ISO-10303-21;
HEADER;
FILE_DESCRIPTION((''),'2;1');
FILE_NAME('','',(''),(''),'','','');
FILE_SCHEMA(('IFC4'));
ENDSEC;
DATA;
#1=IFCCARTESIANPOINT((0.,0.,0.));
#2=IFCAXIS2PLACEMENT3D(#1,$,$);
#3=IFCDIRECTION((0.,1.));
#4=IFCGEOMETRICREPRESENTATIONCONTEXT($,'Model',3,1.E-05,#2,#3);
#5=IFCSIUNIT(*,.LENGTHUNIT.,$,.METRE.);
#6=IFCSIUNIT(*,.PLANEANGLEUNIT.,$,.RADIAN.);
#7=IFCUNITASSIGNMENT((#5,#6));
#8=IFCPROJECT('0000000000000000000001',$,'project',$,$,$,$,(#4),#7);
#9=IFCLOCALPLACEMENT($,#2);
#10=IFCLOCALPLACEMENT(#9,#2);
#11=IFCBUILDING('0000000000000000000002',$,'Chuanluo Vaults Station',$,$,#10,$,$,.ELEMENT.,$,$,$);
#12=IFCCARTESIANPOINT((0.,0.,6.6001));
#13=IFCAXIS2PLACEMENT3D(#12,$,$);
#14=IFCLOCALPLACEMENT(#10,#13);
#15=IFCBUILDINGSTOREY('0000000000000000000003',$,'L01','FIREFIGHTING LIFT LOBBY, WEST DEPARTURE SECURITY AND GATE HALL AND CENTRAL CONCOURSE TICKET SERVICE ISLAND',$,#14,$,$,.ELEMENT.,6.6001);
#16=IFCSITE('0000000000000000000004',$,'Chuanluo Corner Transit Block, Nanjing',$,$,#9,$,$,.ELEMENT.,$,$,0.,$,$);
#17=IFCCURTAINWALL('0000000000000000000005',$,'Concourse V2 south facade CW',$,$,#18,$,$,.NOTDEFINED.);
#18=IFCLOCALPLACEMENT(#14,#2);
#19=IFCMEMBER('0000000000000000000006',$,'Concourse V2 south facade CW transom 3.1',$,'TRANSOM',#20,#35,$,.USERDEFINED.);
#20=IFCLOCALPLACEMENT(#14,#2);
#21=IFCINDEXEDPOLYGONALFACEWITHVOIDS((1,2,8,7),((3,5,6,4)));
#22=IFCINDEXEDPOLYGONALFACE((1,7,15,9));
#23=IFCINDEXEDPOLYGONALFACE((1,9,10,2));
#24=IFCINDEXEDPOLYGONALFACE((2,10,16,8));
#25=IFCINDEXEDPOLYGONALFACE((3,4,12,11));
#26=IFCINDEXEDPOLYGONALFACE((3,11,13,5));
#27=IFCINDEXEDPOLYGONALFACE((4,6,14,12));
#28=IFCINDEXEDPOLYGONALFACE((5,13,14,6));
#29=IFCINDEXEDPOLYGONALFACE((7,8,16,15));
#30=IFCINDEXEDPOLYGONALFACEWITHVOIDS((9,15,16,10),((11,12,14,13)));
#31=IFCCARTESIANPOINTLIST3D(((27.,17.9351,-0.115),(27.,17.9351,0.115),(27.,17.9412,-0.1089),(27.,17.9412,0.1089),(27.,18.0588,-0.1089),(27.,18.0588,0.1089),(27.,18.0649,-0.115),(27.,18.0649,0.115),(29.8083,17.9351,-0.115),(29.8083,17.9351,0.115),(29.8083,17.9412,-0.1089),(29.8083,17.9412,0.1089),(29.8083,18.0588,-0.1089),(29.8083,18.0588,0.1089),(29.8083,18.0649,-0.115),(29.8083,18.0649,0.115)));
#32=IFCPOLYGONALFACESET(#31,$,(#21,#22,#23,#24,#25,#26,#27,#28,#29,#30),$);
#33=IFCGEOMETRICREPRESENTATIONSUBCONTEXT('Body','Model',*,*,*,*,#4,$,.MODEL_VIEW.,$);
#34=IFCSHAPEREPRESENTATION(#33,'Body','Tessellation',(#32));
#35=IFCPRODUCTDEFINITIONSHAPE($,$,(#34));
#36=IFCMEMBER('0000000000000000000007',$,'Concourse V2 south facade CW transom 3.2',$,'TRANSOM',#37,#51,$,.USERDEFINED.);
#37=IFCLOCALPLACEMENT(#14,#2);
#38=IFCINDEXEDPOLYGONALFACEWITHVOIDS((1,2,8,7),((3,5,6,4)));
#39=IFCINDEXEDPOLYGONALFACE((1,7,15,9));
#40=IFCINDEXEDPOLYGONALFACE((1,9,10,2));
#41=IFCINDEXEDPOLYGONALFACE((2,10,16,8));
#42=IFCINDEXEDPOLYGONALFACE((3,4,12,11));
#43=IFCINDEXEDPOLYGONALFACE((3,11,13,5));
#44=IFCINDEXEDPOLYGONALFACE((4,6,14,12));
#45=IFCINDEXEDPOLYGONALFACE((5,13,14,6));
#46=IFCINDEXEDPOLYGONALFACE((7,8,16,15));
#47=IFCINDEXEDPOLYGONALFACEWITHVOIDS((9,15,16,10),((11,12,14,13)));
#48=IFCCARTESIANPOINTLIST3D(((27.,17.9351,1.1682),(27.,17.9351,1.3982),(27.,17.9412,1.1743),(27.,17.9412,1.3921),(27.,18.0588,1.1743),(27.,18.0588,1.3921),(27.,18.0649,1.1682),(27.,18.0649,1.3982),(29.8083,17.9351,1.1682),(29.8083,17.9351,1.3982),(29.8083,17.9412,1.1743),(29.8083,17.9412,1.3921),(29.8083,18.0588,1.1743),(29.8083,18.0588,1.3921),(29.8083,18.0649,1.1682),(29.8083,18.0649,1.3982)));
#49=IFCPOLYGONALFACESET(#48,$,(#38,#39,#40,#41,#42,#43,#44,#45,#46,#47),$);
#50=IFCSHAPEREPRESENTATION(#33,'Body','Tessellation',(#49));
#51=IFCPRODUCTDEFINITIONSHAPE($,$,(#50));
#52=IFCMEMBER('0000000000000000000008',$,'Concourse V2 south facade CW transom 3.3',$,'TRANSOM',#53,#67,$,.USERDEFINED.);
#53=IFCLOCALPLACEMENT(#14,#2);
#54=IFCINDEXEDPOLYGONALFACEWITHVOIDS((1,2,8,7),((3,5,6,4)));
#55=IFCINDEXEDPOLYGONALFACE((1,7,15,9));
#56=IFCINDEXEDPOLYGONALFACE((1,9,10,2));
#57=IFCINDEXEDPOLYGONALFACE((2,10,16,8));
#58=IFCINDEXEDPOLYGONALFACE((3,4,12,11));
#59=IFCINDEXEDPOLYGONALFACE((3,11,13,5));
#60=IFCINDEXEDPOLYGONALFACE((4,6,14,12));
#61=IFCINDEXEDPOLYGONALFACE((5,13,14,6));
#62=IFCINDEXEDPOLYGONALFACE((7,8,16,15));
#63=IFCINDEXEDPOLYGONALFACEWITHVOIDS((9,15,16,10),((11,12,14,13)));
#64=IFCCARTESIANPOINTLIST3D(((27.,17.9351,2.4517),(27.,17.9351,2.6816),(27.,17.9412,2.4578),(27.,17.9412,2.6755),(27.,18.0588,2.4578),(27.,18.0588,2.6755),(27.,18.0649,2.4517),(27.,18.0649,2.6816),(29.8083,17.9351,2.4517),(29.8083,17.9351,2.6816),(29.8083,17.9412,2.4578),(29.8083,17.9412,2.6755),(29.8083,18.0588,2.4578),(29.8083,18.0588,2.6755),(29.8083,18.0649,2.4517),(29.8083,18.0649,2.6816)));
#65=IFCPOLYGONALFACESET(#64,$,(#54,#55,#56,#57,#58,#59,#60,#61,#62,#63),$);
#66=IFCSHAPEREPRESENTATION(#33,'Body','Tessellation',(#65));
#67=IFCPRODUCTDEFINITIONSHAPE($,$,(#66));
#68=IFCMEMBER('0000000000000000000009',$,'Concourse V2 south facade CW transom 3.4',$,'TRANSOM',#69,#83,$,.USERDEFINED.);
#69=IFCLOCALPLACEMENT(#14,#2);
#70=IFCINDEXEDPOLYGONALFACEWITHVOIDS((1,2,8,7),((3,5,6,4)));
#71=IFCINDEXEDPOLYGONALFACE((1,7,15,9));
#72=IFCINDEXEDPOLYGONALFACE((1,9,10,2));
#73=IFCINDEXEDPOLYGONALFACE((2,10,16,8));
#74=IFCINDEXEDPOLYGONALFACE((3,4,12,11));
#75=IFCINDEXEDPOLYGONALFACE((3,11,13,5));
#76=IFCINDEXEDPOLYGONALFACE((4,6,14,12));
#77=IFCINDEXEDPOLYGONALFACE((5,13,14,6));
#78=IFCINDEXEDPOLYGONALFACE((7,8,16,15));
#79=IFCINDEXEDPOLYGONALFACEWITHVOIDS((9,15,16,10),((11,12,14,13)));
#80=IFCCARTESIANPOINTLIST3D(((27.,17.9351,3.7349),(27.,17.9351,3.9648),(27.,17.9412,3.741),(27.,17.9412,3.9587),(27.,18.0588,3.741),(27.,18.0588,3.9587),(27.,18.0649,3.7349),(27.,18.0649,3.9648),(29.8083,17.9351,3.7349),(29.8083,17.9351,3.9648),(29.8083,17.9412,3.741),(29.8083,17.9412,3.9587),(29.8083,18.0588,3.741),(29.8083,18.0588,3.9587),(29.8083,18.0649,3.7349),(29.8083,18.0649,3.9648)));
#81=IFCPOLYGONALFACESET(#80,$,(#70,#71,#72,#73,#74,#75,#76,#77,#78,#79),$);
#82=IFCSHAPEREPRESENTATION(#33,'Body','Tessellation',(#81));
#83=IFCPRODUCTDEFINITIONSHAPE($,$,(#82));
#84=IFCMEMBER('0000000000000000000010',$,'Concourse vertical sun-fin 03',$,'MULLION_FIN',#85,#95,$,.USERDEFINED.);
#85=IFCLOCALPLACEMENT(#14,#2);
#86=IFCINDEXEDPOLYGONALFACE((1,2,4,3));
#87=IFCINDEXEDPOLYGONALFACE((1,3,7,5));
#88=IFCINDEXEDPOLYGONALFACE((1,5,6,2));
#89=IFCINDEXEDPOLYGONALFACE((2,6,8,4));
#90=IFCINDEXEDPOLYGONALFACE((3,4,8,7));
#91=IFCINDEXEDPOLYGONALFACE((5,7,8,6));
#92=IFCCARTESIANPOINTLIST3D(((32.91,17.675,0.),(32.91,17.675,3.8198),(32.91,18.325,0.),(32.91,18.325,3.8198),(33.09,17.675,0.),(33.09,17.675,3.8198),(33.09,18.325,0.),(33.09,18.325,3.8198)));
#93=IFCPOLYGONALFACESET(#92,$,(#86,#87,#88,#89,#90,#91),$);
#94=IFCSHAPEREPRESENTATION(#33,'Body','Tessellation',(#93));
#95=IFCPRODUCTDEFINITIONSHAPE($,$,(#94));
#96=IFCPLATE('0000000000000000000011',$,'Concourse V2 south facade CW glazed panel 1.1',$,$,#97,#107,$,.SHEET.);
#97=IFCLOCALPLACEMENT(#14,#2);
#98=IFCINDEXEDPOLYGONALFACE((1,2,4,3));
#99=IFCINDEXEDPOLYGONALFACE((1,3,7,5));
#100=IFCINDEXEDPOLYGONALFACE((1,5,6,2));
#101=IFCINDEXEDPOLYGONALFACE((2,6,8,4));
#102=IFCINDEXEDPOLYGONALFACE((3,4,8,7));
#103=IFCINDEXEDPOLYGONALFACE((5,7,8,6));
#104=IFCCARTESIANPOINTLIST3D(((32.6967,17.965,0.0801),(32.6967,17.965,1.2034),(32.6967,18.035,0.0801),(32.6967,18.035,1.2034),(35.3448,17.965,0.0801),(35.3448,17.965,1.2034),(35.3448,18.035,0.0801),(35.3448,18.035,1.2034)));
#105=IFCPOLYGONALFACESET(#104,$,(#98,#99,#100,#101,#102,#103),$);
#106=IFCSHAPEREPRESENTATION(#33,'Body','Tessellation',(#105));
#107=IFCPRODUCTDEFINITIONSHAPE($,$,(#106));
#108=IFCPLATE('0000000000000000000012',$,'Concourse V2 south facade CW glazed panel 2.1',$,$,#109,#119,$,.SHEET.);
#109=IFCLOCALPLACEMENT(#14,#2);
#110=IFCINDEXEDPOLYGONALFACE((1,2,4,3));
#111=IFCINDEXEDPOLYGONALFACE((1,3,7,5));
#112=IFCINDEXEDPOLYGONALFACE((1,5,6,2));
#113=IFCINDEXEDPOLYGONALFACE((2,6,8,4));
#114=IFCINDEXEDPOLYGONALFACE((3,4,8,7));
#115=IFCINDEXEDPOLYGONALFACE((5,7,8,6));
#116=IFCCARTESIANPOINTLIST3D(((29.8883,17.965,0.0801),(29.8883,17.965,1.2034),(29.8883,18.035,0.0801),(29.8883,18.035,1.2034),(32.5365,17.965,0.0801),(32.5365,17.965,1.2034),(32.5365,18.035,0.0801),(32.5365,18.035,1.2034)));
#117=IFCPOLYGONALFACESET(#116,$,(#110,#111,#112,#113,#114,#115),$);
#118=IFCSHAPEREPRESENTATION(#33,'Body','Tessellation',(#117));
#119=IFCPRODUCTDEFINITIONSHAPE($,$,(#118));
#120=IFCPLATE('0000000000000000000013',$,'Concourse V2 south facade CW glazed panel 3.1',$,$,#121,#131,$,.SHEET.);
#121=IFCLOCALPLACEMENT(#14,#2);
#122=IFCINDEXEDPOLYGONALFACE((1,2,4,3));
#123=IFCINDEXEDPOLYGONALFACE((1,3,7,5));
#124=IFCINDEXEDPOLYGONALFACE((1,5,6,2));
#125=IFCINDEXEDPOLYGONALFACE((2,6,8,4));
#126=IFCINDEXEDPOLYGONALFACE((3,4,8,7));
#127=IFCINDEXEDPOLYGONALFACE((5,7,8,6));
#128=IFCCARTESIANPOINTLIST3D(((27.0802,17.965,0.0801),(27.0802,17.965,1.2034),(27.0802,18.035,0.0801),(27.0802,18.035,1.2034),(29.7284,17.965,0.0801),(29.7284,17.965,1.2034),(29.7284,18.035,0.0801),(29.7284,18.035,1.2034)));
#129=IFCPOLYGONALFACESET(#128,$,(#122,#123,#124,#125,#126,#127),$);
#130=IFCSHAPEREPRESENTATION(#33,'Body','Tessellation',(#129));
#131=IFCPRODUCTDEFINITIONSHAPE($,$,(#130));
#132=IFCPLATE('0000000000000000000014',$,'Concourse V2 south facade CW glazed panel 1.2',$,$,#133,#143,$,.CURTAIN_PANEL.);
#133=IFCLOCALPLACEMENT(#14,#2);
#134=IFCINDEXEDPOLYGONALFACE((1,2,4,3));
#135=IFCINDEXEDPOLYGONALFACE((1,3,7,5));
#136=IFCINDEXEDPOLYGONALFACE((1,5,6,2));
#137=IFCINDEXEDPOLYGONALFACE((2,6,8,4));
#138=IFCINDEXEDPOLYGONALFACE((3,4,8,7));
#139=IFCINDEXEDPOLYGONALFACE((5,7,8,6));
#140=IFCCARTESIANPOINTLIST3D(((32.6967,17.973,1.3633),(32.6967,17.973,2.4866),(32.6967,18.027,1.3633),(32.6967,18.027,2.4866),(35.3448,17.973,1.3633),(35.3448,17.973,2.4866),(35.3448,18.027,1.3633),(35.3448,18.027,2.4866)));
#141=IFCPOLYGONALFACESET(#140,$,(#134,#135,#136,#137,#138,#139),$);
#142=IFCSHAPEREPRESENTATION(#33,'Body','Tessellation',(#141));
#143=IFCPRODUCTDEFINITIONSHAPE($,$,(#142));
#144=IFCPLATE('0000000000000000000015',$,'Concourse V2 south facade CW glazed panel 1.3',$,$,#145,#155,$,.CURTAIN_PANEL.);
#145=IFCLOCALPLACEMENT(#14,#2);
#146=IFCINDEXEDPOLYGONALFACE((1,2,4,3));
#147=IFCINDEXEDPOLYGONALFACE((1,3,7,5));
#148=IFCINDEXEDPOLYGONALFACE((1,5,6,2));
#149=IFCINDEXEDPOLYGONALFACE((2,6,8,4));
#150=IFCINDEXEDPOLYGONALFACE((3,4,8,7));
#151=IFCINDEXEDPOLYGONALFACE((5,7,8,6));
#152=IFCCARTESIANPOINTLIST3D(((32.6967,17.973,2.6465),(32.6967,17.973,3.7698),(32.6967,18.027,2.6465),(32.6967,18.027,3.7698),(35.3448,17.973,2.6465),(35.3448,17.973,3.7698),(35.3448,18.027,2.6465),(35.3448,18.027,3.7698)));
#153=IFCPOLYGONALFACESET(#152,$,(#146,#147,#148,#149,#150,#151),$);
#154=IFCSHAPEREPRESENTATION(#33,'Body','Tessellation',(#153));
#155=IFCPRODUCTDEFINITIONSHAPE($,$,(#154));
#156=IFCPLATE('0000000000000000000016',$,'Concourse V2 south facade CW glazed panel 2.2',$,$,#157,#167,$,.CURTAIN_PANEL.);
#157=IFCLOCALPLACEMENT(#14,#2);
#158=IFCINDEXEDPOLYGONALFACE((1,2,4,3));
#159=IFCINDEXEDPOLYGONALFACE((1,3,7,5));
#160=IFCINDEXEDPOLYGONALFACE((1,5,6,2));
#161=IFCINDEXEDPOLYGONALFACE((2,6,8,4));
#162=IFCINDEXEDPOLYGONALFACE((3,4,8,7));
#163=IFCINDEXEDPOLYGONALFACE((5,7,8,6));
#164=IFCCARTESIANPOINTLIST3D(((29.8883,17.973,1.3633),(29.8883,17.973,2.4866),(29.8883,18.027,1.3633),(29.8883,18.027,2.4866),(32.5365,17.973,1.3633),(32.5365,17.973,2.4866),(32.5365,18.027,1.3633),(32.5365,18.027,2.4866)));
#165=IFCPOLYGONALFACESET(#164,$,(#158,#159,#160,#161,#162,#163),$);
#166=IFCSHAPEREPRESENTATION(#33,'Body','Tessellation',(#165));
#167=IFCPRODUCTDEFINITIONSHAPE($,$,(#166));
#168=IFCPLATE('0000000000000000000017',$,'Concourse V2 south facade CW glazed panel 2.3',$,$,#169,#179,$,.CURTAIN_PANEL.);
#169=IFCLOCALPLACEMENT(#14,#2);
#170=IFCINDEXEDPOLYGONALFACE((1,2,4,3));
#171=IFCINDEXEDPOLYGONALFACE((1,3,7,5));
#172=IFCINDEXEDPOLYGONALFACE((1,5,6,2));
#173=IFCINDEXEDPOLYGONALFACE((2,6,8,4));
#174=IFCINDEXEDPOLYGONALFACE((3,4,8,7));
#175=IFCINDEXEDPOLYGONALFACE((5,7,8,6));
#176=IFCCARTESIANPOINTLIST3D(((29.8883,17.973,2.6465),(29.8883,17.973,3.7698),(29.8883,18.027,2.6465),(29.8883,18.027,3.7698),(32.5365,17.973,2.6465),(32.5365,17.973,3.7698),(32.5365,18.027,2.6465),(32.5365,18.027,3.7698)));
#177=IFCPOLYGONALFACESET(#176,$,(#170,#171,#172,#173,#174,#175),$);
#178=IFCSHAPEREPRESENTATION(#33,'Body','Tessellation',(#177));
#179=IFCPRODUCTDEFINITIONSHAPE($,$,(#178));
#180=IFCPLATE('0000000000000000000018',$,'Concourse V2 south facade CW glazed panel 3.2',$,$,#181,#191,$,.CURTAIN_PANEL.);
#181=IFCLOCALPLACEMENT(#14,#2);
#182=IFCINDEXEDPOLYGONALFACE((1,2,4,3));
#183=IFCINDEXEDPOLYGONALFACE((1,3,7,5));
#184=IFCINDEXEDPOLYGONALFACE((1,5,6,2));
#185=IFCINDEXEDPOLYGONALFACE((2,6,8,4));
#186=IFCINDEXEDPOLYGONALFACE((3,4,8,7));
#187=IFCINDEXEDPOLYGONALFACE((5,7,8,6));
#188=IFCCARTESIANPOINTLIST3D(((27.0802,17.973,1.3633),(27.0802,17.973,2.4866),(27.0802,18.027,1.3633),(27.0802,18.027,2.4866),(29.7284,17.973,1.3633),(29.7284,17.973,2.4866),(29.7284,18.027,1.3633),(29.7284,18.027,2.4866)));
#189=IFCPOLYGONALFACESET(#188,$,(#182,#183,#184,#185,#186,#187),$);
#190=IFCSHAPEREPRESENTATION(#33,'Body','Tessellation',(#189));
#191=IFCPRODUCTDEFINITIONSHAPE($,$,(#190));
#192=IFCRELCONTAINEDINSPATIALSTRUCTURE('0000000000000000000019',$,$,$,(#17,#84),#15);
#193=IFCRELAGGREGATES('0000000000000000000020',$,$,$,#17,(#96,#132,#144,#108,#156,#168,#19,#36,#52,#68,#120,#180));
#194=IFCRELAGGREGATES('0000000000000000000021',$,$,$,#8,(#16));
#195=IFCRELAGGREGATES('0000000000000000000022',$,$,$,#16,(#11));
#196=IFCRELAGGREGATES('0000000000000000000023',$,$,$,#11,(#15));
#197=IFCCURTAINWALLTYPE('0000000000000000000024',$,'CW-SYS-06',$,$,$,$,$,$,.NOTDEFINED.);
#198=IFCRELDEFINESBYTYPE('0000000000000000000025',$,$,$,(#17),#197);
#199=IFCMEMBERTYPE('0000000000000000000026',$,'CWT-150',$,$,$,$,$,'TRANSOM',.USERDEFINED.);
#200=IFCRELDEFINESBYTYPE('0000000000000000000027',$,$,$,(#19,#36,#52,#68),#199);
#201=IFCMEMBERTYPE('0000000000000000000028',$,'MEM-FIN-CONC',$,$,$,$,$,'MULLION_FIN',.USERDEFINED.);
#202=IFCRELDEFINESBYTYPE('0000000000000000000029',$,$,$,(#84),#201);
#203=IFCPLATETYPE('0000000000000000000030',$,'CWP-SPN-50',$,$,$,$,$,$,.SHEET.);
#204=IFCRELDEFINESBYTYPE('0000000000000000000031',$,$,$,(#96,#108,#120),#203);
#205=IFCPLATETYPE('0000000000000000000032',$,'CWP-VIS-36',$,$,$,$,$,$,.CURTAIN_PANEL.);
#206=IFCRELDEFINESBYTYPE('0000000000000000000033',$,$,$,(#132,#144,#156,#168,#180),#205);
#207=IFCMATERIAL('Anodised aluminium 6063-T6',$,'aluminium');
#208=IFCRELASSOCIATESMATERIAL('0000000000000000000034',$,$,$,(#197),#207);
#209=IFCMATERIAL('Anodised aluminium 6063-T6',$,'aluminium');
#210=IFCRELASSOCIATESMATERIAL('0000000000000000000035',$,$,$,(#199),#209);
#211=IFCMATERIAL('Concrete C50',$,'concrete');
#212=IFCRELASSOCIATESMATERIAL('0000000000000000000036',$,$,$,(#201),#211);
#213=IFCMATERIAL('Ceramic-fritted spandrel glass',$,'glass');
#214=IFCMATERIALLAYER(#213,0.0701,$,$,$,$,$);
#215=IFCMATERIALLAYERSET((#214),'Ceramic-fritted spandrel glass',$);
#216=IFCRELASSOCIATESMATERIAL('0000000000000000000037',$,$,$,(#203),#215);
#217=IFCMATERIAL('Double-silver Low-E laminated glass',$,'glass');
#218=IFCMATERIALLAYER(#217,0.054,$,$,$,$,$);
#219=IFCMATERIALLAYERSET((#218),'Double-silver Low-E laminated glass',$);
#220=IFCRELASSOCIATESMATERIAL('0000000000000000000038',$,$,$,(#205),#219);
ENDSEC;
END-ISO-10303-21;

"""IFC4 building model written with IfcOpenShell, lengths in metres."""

from ifc_helpers import new_model, si_unit, direction, frame, origin, origin_2d, place, context, subcontext, project, spatial, rectangle, hollow_rectangle, extrude, material, layer, layer_set, material_profile, profile_set, type_object, element, aggregate, save


model = new_model("IFC4")

# Units and contexts
model_context = context("Model", 3, precision=1e-05, world=origin(), true_north=direction((0.0, 1.0)))
body_context = subcontext(model_context, "Body", "Model", "MODEL_VIEW")
ifc_project = project(units=[si_unit("LENGTHUNIT", "METRE"), si_unit("PLANEANGLEUNIT", "RADIAN")], contexts=[model_context])

# Site, building, storey
site_placement = place(None, origin())
site = spatial("IfcSite", under=ifc_project, at=site_placement, Name="Chuanluo Corner Transit Block, Nanjing", CompositionType="ELEMENT", RefElevation=0.0)
building_placement = place(site_placement, origin())
building = spatial("IfcBuilding", under=site, at=building_placement, Name="Chuanluo Vaults Station", CompositionType="ELEMENT")
storey_placement = place(building_placement, frame((0.0, 0.0, 6.6001)))
storey = spatial("IfcBuildingStorey", under=building, at=storey_placement, Name="L01", Description="FIREFIGHTING LIFT LOBBY, WEST DEPARTURE SECURITY AND GATE HALL AND CENTRAL CONCOURSE TICKET SERVICE ISLAND", CompositionType="ELEMENT", Elevation=6.6001)

# Curtain wall, members
ifc_material_1 = material(Name="Anodised aluminium 6063-T6", Category="aluminium")
curtain_wall_type = type_object("IfcCurtainWallType", Name="CW-SYS-06", PredefinedType="NOTDEFINED", material=ifc_material_1)
curtain_wall_placement = place(storey_placement, origin())
curtain_wall = element("IfcCurtainWall", 1, at=curtain_wall_placement, inside=storey, type_object=curtain_wall_type, Name="Concourse V2 south facade CW", PredefinedType="NOTDEFINED")
ifc_material_2 = material(Name="Anodised aluminium 6063-T6", Category="aluminium")
ifc_material_profile_1 = material_profile(ifc_material_2, hollow_rectangle(XDim=0.1299, YDim=0.23, WallThickness=0.0061, at=origin_2d()))
ifc_profile_set_1 = profile_set([ifc_material_profile_1], Name="Anodised aluminium 6063-T6")
member_type_1 = type_object("IfcMemberType", Name="CWT-150", ElementType="TRANSOM", PredefinedType="USERDEFINED", material=ifc_profile_set_1)
member_1_placement = place(storey_placement, frame((29.8083, 18.0, 0.0), z_axis=(-1.0, 0.0, 0.0), x_axis=(0.0, -1.0, 0.0)))
member_1 = element("IfcMember", 2, at=member_1_placement, type_object=member_type_1, Name="Concourse V2 south facade CW transom 3.1", ObjectType="TRANSOM", PredefinedType="USERDEFINED", context=body_context, shape_type="SweptSolid", body=[
    extrude(hollow_rectangle(XDim=0.1299, YDim=0.23, WallThickness=0.0061, at=origin_2d()), origin(), (0.0, 0.0, 1.0), 2.8083),
])
member_2_placement = place(storey_placement, frame((29.8083, 18.0, 1.2832), z_axis=(-1.0, 0.0, 0.0), x_axis=(0.0, -1.0, 0.0)))
member_2 = element("IfcMember", 3, at=member_2_placement, type_object=member_type_1, Name="Concourse V2 south facade CW transom 3.2", ObjectType="TRANSOM", PredefinedType="USERDEFINED", context=body_context, shape_type="SweptSolid", body=[
    extrude(hollow_rectangle(XDim=0.1299, YDim=0.23, WallThickness=0.0061, at=origin_2d()), origin(), (0.0, 0.0, 1.0), 2.8083),
])
member_3_placement = place(storey_placement, frame((29.8083, 18.0, 2.5667), z_axis=(-1.0, 0.0, 0.0), x_axis=(0.0, -1.0, 0.0)))
member_3 = element("IfcMember", 4, at=member_3_placement, type_object=member_type_1, Name="Concourse V2 south facade CW transom 3.3", ObjectType="TRANSOM", PredefinedType="USERDEFINED", context=body_context, shape_type="SweptSolid", body=[
    extrude(hollow_rectangle(XDim=0.1299, YDim=0.23, WallThickness=0.0061, at=origin_2d()), origin(), (0.0, 0.0, 1.0), 2.8083),
])
member_4_placement = place(storey_placement, frame((29.8083, 18.0, 3.8499), z_axis=(-1.0, 0.0, 0.0), x_axis=(0.0, -1.0, 0.0)))
member_4 = element("IfcMember", 5, at=member_4_placement, type_object=member_type_1, Name="Concourse V2 south facade CW transom 3.4", ObjectType="TRANSOM", PredefinedType="USERDEFINED", context=body_context, shape_type="SweptSolid", body=[
    extrude(hollow_rectangle(XDim=0.1299, YDim=0.23, WallThickness=0.0061, at=origin_2d()), origin(), (0.0, 0.0, 1.0), 2.8083),
])

# Member
ifc_material_3 = material(Name="Concrete C50", Category="concrete")
ifc_material_profile_2 = material_profile(ifc_material_3, rectangle(XDim=0.1799, YDim=0.6499, at=origin_2d()))
ifc_profile_set_2 = profile_set([ifc_material_profile_2], Name="Concrete C50")
member_type_2 = type_object("IfcMemberType", Name="MEM-FIN-CONC", ElementType="MULLION_FIN", PredefinedType="USERDEFINED", material=ifc_profile_set_2)
member_5_placement = place(storey_placement, frame((33.0, 18.0, 0.0), z_axis=(0.0, 0.0, 1.0), x_axis=(1.0, 0.0, 0.0)))
element("IfcMember", 6, at=member_5_placement, inside=storey, type_object=member_type_2, Name="Concourse vertical sun-fin 03", ObjectType="MULLION_FIN", PredefinedType="USERDEFINED", context=body_context, shape_type="SweptSolid", body=[
    extrude(rectangle(XDim=0.1799, YDim=0.6499, at=origin_2d()), origin(), (0.0, 0.0, 1.0), 3.8198),
])

# Plates
ifc_material_4 = material(Name="Ceramic-fritted spandrel glass", Category="glass")
ifc_layer_1 = layer(ifc_material_4, 0.0701)
ifc_layer_set_1 = layer_set([ifc_layer_1], Name="Ceramic-fritted spandrel glass")
plate_type_1 = type_object("IfcPlateType", Name="CWP-SPN-50", PredefinedType="SHEET", material=ifc_layer_set_1)
plate_1_placement = place(storey_placement, frame((34.0208, 18.0, 0.0801), z_axis=(0.0, 0.0, 1.0), x_axis=(-1.0, 0.0, 0.0)))
plate_1 = element("IfcPlate", 7, at=plate_1_placement, type_object=plate_type_1, Name="Concourse V2 south facade CW glazed panel 1.1", PredefinedType="SHEET", context=body_context, shape_type="SweptSolid", body=[
    extrude(rectangle(XDim=2.6482, YDim=0.0701, at=origin_2d()), origin(), (0.0, 0.0, 1.0), 1.1233),
])
plate_2_placement = place(storey_placement, frame((31.2124, 18.0, 0.0801), z_axis=(0.0, 0.0, 1.0), x_axis=(-1.0, 0.0, 0.0)))
plate_2 = element("IfcPlate", 8, at=plate_2_placement, type_object=plate_type_1, Name="Concourse V2 south facade CW glazed panel 2.1", PredefinedType="SHEET", context=body_context, shape_type="SweptSolid", body=[
    extrude(rectangle(XDim=2.6482, YDim=0.0701, at=origin_2d()), origin(), (0.0, 0.0, 1.0), 1.1233),
])
plate_3_placement = place(storey_placement, frame((28.4043, 18.0, 0.0801), z_axis=(0.0, 0.0, 1.0), x_axis=(-1.0, 0.0, 0.0)))
plate_3 = element("IfcPlate", 9, at=plate_3_placement, type_object=plate_type_1, Name="Concourse V2 south facade CW glazed panel 3.1", PredefinedType="SHEET", context=body_context, shape_type="SweptSolid", body=[
    extrude(rectangle(XDim=2.6482, YDim=0.0701, at=origin_2d()), origin(), (0.0, 0.0, 1.0), 1.1233),
])
ifc_material_5 = material(Name="Double-silver Low-E laminated glass", Category="glass")
ifc_layer_2 = layer(ifc_material_5, 0.054)
ifc_layer_set_2 = layer_set([ifc_layer_2], Name="Double-silver Low-E laminated glass")
plate_type_2 = type_object("IfcPlateType", Name="CWP-VIS-36", PredefinedType="CURTAIN_PANEL", material=ifc_layer_set_2)
plate_4_placement = place(storey_placement, frame((34.0208, 18.0, 1.3633), z_axis=(0.0, 0.0, 1.0), x_axis=(-1.0, 0.0, 0.0)))
plate_4 = element("IfcPlate", 10, at=plate_4_placement, type_object=plate_type_2, Name="Concourse V2 south facade CW glazed panel 1.2", PredefinedType="CURTAIN_PANEL", context=body_context, shape_type="SweptSolid", body=[
    extrude(rectangle(XDim=2.6482, YDim=0.054, at=origin_2d()), origin(), (0.0, 0.0, 1.0), 1.1233),
])
plate_5_placement = place(storey_placement, frame((34.0208, 18.0, 2.6465), z_axis=(0.0, 0.0, 1.0), x_axis=(-1.0, 0.0, 0.0)))
plate_5 = element("IfcPlate", 11, at=plate_5_placement, type_object=plate_type_2, Name="Concourse V2 south facade CW glazed panel 1.3", PredefinedType="CURTAIN_PANEL", context=body_context, shape_type="SweptSolid", body=[
    extrude(rectangle(XDim=2.6482, YDim=0.054, at=origin_2d()), origin(), (0.0, 0.0, 1.0), 1.1233),
])
plate_6_placement = place(storey_placement, frame((31.2124, 18.0, 1.3633), z_axis=(0.0, 0.0, 1.0), x_axis=(-1.0, 0.0, 0.0)))
plate_6 = element("IfcPlate", 12, at=plate_6_placement, type_object=plate_type_2, Name="Concourse V2 south facade CW glazed panel 2.2", PredefinedType="CURTAIN_PANEL", context=body_context, shape_type="SweptSolid", body=[
    extrude(rectangle(XDim=2.6482, YDim=0.054, at=origin_2d()), origin(), (0.0, 0.0, 1.0), 1.1233),
])
plate_7_placement = place(storey_placement, frame((31.2124, 18.0, 2.6465), z_axis=(0.0, 0.0, 1.0), x_axis=(-1.0, 0.0, 0.0)))
plate_7 = element("IfcPlate", 13, at=plate_7_placement, type_object=plate_type_2, Name="Concourse V2 south facade CW glazed panel 2.3", PredefinedType="CURTAIN_PANEL", context=body_context, shape_type="SweptSolid", body=[
    extrude(rectangle(XDim=2.6482, YDim=0.054, at=origin_2d()), origin(), (0.0, 0.0, 1.0), 1.1233),
])
plate_8_placement = place(storey_placement, frame((28.4043, 18.0, 1.3633), z_axis=(0.0, 0.0, 1.0), x_axis=(-1.0, 0.0, 0.0)))
plate_8 = element("IfcPlate", 14, at=plate_8_placement, type_object=plate_type_2, Name="Concourse V2 south facade CW glazed panel 3.2", PredefinedType="CURTAIN_PANEL", context=body_context, shape_type="SweptSolid", body=[
    extrude(rectangle(XDim=2.6482, YDim=0.054, at=origin_2d()), origin(), (0.0, 0.0, 1.0), 1.1233),
])
aggregate(curtain_wall, [plate_1, plate_4, plate_5, plate_2, plate_6, plate_7, member_1, member_2, member_3, member_4, plate_3, plate_8])

save(model, "model.ifc")
